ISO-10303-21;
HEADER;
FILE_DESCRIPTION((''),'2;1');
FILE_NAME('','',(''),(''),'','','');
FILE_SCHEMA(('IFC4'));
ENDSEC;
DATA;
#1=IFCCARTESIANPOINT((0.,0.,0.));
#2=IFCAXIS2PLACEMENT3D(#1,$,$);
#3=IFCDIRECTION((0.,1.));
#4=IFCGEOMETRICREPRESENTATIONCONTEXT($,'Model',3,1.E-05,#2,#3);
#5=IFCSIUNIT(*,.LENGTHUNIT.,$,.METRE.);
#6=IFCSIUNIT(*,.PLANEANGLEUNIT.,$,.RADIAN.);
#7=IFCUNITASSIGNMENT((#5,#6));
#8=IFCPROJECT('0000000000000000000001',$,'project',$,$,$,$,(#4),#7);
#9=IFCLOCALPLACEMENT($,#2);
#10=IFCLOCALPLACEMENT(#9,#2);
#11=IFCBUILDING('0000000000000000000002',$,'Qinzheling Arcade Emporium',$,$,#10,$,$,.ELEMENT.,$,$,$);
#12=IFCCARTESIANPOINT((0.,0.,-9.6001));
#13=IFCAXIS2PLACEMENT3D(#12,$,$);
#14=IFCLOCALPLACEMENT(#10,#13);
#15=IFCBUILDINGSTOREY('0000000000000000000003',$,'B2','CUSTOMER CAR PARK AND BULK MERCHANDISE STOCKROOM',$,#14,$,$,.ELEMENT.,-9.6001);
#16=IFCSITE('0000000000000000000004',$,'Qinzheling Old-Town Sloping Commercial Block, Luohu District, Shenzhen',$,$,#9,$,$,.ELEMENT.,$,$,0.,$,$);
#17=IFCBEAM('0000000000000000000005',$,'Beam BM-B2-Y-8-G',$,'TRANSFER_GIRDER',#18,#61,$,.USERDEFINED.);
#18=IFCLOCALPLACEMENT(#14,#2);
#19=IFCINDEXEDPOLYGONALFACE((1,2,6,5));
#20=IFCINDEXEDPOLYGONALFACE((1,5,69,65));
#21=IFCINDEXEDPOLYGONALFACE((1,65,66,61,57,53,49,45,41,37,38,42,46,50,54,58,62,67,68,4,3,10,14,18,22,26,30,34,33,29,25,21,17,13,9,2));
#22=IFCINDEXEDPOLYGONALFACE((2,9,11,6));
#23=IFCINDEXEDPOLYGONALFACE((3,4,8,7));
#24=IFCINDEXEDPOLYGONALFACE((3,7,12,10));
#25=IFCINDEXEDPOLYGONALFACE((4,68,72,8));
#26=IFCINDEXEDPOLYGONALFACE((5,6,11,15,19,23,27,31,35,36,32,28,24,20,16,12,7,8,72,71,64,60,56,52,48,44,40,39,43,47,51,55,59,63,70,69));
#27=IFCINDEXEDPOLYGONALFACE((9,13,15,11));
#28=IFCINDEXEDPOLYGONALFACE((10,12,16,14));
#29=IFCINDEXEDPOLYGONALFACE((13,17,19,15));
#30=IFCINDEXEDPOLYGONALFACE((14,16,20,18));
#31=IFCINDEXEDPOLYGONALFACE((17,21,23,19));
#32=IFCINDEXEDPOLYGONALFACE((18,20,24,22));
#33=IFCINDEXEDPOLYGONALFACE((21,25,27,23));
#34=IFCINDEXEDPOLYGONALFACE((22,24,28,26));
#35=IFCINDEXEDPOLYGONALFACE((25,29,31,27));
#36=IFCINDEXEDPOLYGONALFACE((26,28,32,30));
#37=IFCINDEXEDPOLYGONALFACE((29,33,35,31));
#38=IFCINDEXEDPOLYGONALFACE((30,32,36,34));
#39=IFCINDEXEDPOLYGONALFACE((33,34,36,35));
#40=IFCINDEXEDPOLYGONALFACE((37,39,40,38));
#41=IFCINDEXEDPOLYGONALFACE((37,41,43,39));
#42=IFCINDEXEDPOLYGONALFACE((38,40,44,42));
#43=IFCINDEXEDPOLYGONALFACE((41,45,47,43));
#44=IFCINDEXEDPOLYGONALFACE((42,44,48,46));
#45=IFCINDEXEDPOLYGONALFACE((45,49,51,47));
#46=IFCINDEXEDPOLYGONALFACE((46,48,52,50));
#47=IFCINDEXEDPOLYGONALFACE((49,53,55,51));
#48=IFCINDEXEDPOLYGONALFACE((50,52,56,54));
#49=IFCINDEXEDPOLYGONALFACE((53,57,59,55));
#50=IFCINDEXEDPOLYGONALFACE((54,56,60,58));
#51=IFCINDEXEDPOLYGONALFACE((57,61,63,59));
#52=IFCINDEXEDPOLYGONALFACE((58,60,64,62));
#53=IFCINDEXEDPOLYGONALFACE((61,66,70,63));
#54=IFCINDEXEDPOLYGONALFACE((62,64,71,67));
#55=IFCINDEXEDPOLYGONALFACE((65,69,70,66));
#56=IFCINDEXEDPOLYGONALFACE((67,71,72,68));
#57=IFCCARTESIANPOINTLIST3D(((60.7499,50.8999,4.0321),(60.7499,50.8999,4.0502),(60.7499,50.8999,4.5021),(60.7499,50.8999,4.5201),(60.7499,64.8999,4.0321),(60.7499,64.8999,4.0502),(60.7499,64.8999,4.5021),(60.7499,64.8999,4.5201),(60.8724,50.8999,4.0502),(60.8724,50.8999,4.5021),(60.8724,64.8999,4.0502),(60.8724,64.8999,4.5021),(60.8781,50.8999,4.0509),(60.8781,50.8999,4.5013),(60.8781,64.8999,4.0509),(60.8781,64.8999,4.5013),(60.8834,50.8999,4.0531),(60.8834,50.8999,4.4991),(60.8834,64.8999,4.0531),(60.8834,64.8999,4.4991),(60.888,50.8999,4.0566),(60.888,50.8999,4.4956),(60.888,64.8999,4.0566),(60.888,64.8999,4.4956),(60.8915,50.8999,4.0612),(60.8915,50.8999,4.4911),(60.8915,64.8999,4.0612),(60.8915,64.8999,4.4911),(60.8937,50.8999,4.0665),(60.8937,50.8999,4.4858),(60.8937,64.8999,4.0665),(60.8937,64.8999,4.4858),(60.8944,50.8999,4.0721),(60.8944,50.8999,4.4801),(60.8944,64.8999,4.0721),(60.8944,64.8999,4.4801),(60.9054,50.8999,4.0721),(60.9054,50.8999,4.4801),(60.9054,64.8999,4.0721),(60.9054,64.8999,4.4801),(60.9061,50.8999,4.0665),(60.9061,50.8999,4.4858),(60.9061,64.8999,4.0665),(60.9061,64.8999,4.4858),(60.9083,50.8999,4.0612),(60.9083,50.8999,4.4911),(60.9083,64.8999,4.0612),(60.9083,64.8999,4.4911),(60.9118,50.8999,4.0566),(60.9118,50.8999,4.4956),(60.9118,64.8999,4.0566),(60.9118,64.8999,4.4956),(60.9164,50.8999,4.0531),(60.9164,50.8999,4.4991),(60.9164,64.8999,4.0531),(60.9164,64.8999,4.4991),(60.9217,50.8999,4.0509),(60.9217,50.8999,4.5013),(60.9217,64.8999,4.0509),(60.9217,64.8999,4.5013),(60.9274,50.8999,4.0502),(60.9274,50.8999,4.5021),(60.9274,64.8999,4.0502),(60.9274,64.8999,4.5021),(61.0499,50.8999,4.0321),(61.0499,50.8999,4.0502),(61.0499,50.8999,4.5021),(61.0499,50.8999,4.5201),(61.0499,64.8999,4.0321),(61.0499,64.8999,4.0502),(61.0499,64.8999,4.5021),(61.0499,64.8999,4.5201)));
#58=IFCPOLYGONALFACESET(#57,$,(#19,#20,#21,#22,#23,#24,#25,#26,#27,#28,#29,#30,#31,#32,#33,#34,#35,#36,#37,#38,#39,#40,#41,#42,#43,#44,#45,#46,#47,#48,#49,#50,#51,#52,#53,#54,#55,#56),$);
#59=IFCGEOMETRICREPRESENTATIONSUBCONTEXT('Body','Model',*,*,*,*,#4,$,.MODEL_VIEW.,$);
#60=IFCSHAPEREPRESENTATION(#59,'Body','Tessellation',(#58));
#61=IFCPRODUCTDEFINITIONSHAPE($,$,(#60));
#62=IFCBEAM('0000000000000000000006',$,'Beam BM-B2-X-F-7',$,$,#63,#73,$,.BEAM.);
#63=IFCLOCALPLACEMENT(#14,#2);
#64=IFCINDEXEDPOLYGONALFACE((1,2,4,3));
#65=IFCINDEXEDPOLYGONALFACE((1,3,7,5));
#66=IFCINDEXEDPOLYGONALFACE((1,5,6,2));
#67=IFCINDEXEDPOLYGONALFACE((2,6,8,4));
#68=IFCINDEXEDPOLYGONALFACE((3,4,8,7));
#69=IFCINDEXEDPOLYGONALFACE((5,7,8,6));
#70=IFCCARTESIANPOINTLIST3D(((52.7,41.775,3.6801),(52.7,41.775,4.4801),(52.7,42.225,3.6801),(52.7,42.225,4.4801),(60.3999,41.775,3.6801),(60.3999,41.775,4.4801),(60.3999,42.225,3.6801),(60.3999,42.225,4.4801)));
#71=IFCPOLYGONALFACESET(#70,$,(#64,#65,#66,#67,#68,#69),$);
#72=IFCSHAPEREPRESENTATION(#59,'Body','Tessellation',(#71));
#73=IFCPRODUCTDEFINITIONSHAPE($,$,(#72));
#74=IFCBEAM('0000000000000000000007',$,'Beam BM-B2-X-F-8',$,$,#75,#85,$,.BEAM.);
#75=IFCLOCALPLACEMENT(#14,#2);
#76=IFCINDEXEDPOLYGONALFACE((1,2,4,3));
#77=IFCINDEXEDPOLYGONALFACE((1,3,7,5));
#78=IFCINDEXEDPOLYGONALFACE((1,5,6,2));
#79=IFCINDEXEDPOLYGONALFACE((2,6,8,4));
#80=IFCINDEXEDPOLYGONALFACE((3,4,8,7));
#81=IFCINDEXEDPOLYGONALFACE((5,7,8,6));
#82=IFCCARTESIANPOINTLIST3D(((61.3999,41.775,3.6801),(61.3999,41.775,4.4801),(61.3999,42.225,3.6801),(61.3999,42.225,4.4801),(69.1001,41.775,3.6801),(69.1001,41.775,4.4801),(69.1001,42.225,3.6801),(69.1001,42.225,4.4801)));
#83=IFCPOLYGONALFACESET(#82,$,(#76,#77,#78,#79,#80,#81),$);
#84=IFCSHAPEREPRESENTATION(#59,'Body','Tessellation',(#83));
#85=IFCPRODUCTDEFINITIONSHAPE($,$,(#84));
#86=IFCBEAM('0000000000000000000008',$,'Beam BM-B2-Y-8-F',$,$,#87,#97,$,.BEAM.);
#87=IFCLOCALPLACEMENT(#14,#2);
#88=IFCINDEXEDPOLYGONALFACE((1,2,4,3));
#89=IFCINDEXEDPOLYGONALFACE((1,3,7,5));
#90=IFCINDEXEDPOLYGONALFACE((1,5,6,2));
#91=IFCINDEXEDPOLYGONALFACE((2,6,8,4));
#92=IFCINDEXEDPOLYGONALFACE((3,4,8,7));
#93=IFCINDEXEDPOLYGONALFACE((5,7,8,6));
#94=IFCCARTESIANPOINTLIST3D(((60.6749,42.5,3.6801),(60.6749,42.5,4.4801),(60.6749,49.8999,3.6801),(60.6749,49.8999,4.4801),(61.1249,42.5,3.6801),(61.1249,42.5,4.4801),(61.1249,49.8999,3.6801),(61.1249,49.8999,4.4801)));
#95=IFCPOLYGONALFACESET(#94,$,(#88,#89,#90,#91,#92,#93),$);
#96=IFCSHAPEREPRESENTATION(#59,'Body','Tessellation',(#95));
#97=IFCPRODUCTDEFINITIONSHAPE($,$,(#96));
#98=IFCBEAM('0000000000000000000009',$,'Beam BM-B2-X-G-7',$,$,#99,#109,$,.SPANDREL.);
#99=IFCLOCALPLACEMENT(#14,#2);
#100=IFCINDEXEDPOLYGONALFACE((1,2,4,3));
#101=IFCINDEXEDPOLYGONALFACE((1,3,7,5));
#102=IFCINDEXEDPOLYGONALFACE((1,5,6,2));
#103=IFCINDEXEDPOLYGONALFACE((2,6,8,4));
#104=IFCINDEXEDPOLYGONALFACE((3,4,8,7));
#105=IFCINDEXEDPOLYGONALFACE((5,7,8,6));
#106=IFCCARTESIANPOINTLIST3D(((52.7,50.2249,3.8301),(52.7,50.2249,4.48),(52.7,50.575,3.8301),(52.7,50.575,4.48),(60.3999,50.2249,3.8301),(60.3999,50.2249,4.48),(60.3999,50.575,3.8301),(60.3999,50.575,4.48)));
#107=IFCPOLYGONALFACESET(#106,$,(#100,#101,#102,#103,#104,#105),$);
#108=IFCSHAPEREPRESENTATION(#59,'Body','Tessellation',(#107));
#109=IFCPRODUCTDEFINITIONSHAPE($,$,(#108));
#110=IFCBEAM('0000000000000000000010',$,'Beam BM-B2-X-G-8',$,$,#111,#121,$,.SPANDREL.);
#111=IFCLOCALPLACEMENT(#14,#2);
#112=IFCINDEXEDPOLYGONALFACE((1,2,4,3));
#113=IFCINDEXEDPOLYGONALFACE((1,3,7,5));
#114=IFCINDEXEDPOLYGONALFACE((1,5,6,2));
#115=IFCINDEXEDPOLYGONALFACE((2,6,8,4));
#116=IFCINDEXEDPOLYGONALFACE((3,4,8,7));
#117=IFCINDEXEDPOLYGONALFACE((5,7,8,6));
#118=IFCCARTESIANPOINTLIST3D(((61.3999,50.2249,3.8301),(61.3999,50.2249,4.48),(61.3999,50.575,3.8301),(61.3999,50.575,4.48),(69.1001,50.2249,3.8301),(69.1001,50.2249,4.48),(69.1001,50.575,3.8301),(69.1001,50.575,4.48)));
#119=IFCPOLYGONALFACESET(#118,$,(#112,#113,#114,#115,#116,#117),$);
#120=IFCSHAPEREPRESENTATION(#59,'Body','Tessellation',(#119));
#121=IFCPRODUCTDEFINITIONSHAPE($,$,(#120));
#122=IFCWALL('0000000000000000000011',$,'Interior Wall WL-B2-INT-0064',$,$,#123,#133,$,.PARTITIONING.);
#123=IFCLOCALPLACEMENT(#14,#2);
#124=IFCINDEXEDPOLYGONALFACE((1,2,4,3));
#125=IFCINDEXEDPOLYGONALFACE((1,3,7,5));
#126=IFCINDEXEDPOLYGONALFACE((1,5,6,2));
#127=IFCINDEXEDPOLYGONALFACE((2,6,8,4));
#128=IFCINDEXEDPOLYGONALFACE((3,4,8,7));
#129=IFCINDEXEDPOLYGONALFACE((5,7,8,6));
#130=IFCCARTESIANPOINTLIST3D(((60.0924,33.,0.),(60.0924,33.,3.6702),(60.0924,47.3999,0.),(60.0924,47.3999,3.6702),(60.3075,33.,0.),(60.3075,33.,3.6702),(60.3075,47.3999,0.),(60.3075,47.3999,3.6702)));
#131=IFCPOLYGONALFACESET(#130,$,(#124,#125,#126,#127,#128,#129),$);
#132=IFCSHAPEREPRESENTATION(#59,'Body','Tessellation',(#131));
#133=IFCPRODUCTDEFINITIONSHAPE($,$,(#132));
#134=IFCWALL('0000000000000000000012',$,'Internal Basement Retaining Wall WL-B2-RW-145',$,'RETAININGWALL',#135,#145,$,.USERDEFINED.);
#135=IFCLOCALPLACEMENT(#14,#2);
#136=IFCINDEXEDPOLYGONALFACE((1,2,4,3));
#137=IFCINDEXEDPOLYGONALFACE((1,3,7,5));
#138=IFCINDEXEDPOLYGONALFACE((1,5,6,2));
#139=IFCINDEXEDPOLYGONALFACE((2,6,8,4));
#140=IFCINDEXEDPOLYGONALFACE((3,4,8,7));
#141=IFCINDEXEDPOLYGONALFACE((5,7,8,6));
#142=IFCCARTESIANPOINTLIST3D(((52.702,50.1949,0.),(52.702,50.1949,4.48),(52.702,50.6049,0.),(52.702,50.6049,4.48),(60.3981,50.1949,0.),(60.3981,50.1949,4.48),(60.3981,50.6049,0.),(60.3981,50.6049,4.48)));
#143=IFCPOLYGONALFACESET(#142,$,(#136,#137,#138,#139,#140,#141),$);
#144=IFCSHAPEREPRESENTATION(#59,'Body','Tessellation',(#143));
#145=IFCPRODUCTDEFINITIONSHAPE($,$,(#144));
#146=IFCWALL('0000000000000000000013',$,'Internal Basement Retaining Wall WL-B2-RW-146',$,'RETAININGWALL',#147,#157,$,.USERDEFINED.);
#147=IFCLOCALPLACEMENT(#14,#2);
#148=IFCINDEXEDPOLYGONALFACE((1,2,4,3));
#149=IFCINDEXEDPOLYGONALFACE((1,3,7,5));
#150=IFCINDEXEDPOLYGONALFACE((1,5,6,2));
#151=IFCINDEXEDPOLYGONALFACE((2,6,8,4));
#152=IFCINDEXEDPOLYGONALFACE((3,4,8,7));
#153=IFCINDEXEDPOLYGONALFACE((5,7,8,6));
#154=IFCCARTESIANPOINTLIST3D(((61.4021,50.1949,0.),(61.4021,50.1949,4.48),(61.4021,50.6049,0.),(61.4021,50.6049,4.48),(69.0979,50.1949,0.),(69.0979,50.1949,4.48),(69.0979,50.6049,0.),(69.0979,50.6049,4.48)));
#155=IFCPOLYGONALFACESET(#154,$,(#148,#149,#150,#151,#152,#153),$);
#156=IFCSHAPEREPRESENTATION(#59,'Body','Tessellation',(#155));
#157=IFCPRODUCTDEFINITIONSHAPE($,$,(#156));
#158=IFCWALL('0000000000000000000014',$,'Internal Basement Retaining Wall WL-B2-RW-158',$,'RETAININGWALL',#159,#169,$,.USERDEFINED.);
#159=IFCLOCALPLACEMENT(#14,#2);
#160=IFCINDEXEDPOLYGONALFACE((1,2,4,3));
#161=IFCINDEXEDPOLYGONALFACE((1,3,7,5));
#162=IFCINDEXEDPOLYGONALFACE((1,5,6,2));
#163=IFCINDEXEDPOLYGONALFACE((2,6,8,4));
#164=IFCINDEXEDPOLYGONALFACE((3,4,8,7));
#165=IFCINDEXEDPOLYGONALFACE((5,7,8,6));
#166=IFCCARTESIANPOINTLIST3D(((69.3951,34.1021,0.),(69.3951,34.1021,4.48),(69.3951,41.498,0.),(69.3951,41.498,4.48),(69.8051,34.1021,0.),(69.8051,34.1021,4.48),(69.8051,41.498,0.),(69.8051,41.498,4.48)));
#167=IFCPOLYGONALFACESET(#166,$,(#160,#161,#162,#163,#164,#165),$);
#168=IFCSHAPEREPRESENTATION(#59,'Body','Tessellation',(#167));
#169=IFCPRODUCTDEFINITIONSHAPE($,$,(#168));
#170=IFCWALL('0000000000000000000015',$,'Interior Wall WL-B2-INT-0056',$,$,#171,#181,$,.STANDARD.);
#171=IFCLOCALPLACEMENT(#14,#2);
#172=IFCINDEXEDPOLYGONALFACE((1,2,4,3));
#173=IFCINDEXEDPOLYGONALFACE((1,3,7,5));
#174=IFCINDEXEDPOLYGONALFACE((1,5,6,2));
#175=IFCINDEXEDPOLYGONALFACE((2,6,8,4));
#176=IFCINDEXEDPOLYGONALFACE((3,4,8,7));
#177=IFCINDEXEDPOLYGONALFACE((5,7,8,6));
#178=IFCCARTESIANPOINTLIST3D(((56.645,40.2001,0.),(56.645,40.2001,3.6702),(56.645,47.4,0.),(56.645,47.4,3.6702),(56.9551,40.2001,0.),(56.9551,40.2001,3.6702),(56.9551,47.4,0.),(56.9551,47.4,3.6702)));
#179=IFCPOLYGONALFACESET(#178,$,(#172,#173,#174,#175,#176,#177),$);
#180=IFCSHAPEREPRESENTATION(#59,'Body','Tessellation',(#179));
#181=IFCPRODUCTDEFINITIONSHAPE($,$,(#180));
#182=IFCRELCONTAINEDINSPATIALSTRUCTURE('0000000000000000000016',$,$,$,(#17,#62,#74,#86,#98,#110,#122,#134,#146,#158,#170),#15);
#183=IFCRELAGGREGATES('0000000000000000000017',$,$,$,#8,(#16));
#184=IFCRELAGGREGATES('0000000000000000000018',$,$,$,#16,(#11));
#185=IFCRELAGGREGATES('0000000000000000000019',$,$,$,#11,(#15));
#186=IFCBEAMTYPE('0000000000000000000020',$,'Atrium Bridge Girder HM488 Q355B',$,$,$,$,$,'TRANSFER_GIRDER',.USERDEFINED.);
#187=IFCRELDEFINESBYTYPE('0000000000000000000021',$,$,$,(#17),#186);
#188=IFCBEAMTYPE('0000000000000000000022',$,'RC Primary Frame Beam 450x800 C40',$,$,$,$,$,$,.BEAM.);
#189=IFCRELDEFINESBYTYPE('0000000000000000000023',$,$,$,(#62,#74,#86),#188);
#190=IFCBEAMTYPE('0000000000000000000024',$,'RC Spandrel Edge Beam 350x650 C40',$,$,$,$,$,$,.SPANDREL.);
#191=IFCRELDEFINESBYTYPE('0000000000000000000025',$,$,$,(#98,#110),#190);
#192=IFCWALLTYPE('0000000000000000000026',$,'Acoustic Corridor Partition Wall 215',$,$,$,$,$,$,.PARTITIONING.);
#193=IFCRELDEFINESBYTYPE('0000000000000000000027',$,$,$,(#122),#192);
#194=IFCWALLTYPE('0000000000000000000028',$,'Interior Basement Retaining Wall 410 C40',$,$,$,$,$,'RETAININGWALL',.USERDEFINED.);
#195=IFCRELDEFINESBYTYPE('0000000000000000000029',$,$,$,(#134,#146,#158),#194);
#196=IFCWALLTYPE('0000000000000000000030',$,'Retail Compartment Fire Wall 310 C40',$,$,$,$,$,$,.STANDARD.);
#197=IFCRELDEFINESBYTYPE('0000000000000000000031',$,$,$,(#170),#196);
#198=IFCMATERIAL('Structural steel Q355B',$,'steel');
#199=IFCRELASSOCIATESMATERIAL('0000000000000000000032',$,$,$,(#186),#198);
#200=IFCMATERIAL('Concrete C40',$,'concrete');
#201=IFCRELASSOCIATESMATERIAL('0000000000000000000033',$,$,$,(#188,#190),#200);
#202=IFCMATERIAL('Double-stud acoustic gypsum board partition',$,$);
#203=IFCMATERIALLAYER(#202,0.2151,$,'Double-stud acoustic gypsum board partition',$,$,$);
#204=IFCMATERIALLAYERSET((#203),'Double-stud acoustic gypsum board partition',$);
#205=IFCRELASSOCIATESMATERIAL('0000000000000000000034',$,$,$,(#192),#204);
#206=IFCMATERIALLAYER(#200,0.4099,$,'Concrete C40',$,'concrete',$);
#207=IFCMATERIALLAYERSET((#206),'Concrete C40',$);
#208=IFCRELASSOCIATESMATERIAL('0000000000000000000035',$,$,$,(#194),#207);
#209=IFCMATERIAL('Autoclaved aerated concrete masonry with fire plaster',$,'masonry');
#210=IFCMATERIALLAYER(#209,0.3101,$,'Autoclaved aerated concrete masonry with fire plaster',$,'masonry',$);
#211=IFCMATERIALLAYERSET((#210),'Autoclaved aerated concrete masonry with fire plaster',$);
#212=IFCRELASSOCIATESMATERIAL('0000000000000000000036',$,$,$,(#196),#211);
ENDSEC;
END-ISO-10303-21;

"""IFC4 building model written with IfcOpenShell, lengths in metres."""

from ifc_helpers import new_model, si_unit, direction, frame, frame_2d, origin, origin_2d, place, context, subcontext, project, spatial, rectangle, i_section, extrude, material, layer, layer_set, material_profile, profile_set, type_object, element, save


model = new_model("IFC4")

# Units and contexts
model_context = context("Model", 3, precision=1e-05, world=origin(), true_north=direction((0.0, 1.0)))
body_context = subcontext(model_context, "Body", "Model", "MODEL_VIEW")
ifc_project = project(units=[si_unit("LENGTHUNIT", "METRE"), si_unit("PLANEANGLEUNIT", "RADIAN")], contexts=[model_context])

# Site, building, storey
site_placement = place(None, origin())
site = spatial("IfcSite", under=ifc_project, at=site_placement, Name="Qinzheling Old-Town Sloping Commercial Block, Luohu District, Shenzhen", CompositionType="ELEMENT", RefElevation=0.0)
building_placement = place(site_placement, origin())
building = spatial("IfcBuilding", under=site, at=building_placement, Name="Qinzheling Arcade Emporium", CompositionType="ELEMENT")
storey_placement = place(building_placement, frame((0.0, 0.0, -9.6001)))
storey = spatial("IfcBuildingStorey", under=building, at=storey_placement, Name="B2", Description="CUSTOMER CAR PARK AND BULK MERCHANDISE STOCKROOM", CompositionType="ELEMENT", Elevation=-9.6001)

# Shared definitions
ifc_material_1 = material(Name="Concrete C40", Category="concrete")

# Beams
ifc_material_2 = material(Name="Structural steel Q355B", Category="steel")
ifc_material_profile_1 = material_profile(ifc_material_2, i_section(OverallWidth=0.3, OverallDepth=0.488, WebThickness=0.011, FlangeThickness=0.0181, FilletRadius=0.022, at=origin_2d()), Name="HM 488x300x11x18", Category="steel")
ifc_profile_set_1 = profile_set([ifc_material_profile_1], Name="Structural steel Q355B")
beam_type_1 = type_object("IfcBeamType", Name="Atrium Bridge Girder HM488 Q355B", ElementType="TRANSFER_GIRDER", PredefinedType="USERDEFINED", material=ifc_profile_set_1)
beam_1_placement = place(storey_placement, frame((60.8999, 50.8999, 4.2761), z_axis=(0.0, 1.0, 0.0), x_axis=(-1.0, 0.0, 0.0)))
element("IfcBeam", 1, at=beam_1_placement, inside=storey, type_object=beam_type_1, Name="Beam BM-B2-Y-8-G", ObjectType="TRANSFER_GIRDER", PredefinedType="USERDEFINED", context=body_context, shape_type="SweptSolid", body=[
    extrude(i_section(OverallWidth=0.3, OverallDepth=0.488, WebThickness=0.011, FlangeThickness=0.0181, FilletRadius=0.022, at=origin_2d()), origin(), (0.0, 0.0, 1.0), 14.0),
])
ifc_material_profile_2 = material_profile(ifc_material_1, rectangle(XDim=0.45, YDim=0.8, at=origin_2d()), Name="RC 450x800", Category="concrete")
ifc_profile_set_2 = profile_set([ifc_material_profile_2], Name="Concrete C40")
beam_type_2 = type_object("IfcBeamType", Name="RC Primary Frame Beam 450x800 C40", PredefinedType="BEAM", material=ifc_profile_set_2)
beam_2_placement = place(storey_placement, frame((52.7, 42.0, 4.0801), z_axis=(1.0, 0.0, 0.0), x_axis=(0.0, 1.0, 0.0)))
element("IfcBeam", 2, at=beam_2_placement, inside=storey, type_object=beam_type_2, Name="Beam BM-B2-X-F-7", PredefinedType="BEAM", context=body_context, shape_type="SweptSolid", body=[
    extrude(rectangle(XDim=0.45, YDim=0.8, at=origin_2d()), origin(), (0.0, 0.0, 1.0), 7.7),
])
beam_3_placement = place(storey_placement, frame((61.3999, 42.0, 4.0801), z_axis=(1.0, 0.0, 0.0), x_axis=(0.0, 1.0, 0.0)))
element("IfcBeam", 3, at=beam_3_placement, inside=storey, type_object=beam_type_2, Name="Beam BM-B2-X-F-8", PredefinedType="BEAM", context=body_context, shape_type="SweptSolid", body=[
    extrude(rectangle(XDim=0.45, YDim=0.8, at=origin_2d()), origin(), (0.0, 0.0, 1.0), 7.7002),
])
beam_4_placement = place(storey_placement, frame((60.8999, 42.5, 4.0801), z_axis=(0.0, 1.0, 0.0), x_axis=(-1.0, 0.0, 0.0)))
element("IfcBeam", 4, at=beam_4_placement, inside=storey, type_object=beam_type_2, Name="Beam BM-B2-Y-8-F", PredefinedType="BEAM", context=body_context, shape_type="SweptSolid", body=[
    extrude(rectangle(XDim=0.45, YDim=0.8, at=origin_2d()), origin(), (0.0, 0.0, 1.0), 7.3999),
])
ifc_material_profile_3 = material_profile(ifc_material_1, rectangle(XDim=0.3501, YDim=0.6499, at=origin_2d()), Name="RC 350x650", Category="concrete")
ifc_profile_set_3 = profile_set([ifc_material_profile_3], Name="Concrete C40")
beam_type_3 = type_object("IfcBeamType", Name="RC Spandrel Edge Beam 350x650 C40", PredefinedType="SPANDREL", material=ifc_profile_set_3)
beam_5_placement = place(storey_placement, frame((52.7, 50.3999, 4.155), z_axis=(1.0, 0.0, 0.0), x_axis=(0.0, 1.0, 0.0)))
element("IfcBeam", 5, at=beam_5_placement, inside=storey, type_object=beam_type_3, Name="Beam BM-B2-X-G-7", PredefinedType="SPANDREL", context=body_context, shape_type="SweptSolid", body=[
    extrude(rectangle(XDim=0.3501, YDim=0.6499, at=origin_2d()), origin(), (0.0, 0.0, 1.0), 7.7),
])
beam_6_placement = place(storey_placement, frame((61.3999, 50.3999, 4.155), z_axis=(1.0, 0.0, 0.0), x_axis=(0.0, 1.0, 0.0)))
element("IfcBeam", 6, at=beam_6_placement, inside=storey, type_object=beam_type_3, Name="Beam BM-B2-X-G-8", PredefinedType="SPANDREL", context=body_context, shape_type="SweptSolid", body=[
    extrude(rectangle(XDim=0.3501, YDim=0.6499, at=origin_2d()), origin(), (0.0, 0.0, 1.0), 7.7002),
])

# Walls
ifc_material_3 = material(Name="Double-stud acoustic gypsum board partition")
ifc_layer_1 = layer(ifc_material_3, 0.2151, Name="Double-stud acoustic gypsum board partition")
ifc_layer_set_1 = layer_set([ifc_layer_1], Name="Double-stud acoustic gypsum board partition")
wall_type_1 = type_object("IfcWallType", Name="Acoustic Corridor Partition Wall 215", PredefinedType="PARTITIONING", material=ifc_layer_set_1)
wall_1_placement = place(storey_placement, frame((60.2, 47.3999, 0.0), z_axis=(0.0, 0.0, 1.0), x_axis=(0.0, -1.0, 0.0)))
element("IfcWall", 7, at=wall_1_placement, inside=storey, type_object=wall_type_1, Name="Interior Wall WL-B2-INT-0064", PredefinedType="PARTITIONING", context=body_context, shape_type="SweptSolid", body=[
    extrude(rectangle(XDim=14.3999, YDim=0.2151, at=frame_2d((7.2, 0.0))), origin(), (0.0, 0.0, 1.0), 3.6702),
])
ifc_layer_2 = layer(ifc_material_1, 0.4099, Name="Concrete C40", Category="concrete")
ifc_layer_set_2 = layer_set([ifc_layer_2], Name="Concrete C40")
wall_type_2 = type_object("IfcWallType", Name="Interior Basement Retaining Wall 410 C40", ElementType="RETAININGWALL", PredefinedType="USERDEFINED", material=ifc_layer_set_2)
wall_2_placement = place(storey_placement, frame((52.7019, 50.3999, 0.0), z_axis=(0.0, 0.0, 1.0), x_axis=(1.0, 0.0, 0.0)))
element("IfcWall", 8, at=wall_2_placement, inside=storey, type_object=wall_type_2, Name="Internal Basement Retaining Wall WL-B2-RW-145", ObjectType="RETAININGWALL", PredefinedType="USERDEFINED", context=body_context, shape_type="SweptSolid", body=[
    extrude(rectangle(XDim=7.696, YDim=0.4099, at=frame_2d((3.8481, 0.0))), origin(), (0.0, 0.0, 1.0), 4.48),
])
wall_3_placement = place(storey_placement, frame((61.4021, 50.3999, 0.0), z_axis=(0.0, 0.0, 1.0), x_axis=(1.0, 0.0, 0.0)))
element("IfcWall", 9, at=wall_3_placement, inside=storey, type_object=wall_type_2, Name="Internal Basement Retaining Wall WL-B2-RW-146", ObjectType="RETAININGWALL", PredefinedType="USERDEFINED", context=body_context, shape_type="SweptSolid", body=[
    extrude(rectangle(XDim=7.6958, YDim=0.4099, at=frame_2d((3.8479, 0.0))), origin(), (0.0, 0.0, 1.0), 4.48),
])
wall_4_placement = place(storey_placement, frame((69.6001, 41.498, 0.0), z_axis=(0.0, 0.0, 1.0), x_axis=(0.0, -1.0, 0.0)))
element("IfcWall", 10, at=wall_4_placement, inside=storey, type_object=wall_type_2, Name="Internal Basement Retaining Wall WL-B2-RW-158", ObjectType="RETAININGWALL", PredefinedType="USERDEFINED", context=body_context, shape_type="SweptSolid", body=[
    extrude(rectangle(XDim=7.396, YDim=0.4099, at=frame_2d((3.698, 0.0))), origin(), (0.0, 0.0, 1.0), 4.48),
])
ifc_material_4 = material(Name="Autoclaved aerated concrete masonry with fire plaster", Category="masonry")
ifc_layer_3 = layer(ifc_material_4, 0.3101, Name="Autoclaved aerated concrete masonry with fire plaster", Category="masonry")
ifc_layer_set_3 = layer_set([ifc_layer_3], Name="Autoclaved aerated concrete masonry with fire plaster")
wall_type_3 = type_object("IfcWallType", Name="Retail Compartment Fire Wall 310 C40", PredefinedType="STANDARD", material=ifc_layer_set_3)
wall_5_placement = place(storey_placement, frame((56.8, 40.2, 0.0), z_axis=(0.0, 0.0, 1.0), x_axis=(0.0, 1.0, 0.0)))
element("IfcWall", 11, at=wall_5_placement, inside=storey, type_object=wall_type_3, Name="Interior Wall WL-B2-INT-0056", PredefinedType="STANDARD", context=body_context, shape_type="SweptSolid", body=[
    extrude(rectangle(XDim=7.2, YDim=0.3101, at=frame_2d((3.6001, 0.0))), origin(), (0.0, 0.0, 1.0), 3.6702),
])

save(model, "model.ifc")
